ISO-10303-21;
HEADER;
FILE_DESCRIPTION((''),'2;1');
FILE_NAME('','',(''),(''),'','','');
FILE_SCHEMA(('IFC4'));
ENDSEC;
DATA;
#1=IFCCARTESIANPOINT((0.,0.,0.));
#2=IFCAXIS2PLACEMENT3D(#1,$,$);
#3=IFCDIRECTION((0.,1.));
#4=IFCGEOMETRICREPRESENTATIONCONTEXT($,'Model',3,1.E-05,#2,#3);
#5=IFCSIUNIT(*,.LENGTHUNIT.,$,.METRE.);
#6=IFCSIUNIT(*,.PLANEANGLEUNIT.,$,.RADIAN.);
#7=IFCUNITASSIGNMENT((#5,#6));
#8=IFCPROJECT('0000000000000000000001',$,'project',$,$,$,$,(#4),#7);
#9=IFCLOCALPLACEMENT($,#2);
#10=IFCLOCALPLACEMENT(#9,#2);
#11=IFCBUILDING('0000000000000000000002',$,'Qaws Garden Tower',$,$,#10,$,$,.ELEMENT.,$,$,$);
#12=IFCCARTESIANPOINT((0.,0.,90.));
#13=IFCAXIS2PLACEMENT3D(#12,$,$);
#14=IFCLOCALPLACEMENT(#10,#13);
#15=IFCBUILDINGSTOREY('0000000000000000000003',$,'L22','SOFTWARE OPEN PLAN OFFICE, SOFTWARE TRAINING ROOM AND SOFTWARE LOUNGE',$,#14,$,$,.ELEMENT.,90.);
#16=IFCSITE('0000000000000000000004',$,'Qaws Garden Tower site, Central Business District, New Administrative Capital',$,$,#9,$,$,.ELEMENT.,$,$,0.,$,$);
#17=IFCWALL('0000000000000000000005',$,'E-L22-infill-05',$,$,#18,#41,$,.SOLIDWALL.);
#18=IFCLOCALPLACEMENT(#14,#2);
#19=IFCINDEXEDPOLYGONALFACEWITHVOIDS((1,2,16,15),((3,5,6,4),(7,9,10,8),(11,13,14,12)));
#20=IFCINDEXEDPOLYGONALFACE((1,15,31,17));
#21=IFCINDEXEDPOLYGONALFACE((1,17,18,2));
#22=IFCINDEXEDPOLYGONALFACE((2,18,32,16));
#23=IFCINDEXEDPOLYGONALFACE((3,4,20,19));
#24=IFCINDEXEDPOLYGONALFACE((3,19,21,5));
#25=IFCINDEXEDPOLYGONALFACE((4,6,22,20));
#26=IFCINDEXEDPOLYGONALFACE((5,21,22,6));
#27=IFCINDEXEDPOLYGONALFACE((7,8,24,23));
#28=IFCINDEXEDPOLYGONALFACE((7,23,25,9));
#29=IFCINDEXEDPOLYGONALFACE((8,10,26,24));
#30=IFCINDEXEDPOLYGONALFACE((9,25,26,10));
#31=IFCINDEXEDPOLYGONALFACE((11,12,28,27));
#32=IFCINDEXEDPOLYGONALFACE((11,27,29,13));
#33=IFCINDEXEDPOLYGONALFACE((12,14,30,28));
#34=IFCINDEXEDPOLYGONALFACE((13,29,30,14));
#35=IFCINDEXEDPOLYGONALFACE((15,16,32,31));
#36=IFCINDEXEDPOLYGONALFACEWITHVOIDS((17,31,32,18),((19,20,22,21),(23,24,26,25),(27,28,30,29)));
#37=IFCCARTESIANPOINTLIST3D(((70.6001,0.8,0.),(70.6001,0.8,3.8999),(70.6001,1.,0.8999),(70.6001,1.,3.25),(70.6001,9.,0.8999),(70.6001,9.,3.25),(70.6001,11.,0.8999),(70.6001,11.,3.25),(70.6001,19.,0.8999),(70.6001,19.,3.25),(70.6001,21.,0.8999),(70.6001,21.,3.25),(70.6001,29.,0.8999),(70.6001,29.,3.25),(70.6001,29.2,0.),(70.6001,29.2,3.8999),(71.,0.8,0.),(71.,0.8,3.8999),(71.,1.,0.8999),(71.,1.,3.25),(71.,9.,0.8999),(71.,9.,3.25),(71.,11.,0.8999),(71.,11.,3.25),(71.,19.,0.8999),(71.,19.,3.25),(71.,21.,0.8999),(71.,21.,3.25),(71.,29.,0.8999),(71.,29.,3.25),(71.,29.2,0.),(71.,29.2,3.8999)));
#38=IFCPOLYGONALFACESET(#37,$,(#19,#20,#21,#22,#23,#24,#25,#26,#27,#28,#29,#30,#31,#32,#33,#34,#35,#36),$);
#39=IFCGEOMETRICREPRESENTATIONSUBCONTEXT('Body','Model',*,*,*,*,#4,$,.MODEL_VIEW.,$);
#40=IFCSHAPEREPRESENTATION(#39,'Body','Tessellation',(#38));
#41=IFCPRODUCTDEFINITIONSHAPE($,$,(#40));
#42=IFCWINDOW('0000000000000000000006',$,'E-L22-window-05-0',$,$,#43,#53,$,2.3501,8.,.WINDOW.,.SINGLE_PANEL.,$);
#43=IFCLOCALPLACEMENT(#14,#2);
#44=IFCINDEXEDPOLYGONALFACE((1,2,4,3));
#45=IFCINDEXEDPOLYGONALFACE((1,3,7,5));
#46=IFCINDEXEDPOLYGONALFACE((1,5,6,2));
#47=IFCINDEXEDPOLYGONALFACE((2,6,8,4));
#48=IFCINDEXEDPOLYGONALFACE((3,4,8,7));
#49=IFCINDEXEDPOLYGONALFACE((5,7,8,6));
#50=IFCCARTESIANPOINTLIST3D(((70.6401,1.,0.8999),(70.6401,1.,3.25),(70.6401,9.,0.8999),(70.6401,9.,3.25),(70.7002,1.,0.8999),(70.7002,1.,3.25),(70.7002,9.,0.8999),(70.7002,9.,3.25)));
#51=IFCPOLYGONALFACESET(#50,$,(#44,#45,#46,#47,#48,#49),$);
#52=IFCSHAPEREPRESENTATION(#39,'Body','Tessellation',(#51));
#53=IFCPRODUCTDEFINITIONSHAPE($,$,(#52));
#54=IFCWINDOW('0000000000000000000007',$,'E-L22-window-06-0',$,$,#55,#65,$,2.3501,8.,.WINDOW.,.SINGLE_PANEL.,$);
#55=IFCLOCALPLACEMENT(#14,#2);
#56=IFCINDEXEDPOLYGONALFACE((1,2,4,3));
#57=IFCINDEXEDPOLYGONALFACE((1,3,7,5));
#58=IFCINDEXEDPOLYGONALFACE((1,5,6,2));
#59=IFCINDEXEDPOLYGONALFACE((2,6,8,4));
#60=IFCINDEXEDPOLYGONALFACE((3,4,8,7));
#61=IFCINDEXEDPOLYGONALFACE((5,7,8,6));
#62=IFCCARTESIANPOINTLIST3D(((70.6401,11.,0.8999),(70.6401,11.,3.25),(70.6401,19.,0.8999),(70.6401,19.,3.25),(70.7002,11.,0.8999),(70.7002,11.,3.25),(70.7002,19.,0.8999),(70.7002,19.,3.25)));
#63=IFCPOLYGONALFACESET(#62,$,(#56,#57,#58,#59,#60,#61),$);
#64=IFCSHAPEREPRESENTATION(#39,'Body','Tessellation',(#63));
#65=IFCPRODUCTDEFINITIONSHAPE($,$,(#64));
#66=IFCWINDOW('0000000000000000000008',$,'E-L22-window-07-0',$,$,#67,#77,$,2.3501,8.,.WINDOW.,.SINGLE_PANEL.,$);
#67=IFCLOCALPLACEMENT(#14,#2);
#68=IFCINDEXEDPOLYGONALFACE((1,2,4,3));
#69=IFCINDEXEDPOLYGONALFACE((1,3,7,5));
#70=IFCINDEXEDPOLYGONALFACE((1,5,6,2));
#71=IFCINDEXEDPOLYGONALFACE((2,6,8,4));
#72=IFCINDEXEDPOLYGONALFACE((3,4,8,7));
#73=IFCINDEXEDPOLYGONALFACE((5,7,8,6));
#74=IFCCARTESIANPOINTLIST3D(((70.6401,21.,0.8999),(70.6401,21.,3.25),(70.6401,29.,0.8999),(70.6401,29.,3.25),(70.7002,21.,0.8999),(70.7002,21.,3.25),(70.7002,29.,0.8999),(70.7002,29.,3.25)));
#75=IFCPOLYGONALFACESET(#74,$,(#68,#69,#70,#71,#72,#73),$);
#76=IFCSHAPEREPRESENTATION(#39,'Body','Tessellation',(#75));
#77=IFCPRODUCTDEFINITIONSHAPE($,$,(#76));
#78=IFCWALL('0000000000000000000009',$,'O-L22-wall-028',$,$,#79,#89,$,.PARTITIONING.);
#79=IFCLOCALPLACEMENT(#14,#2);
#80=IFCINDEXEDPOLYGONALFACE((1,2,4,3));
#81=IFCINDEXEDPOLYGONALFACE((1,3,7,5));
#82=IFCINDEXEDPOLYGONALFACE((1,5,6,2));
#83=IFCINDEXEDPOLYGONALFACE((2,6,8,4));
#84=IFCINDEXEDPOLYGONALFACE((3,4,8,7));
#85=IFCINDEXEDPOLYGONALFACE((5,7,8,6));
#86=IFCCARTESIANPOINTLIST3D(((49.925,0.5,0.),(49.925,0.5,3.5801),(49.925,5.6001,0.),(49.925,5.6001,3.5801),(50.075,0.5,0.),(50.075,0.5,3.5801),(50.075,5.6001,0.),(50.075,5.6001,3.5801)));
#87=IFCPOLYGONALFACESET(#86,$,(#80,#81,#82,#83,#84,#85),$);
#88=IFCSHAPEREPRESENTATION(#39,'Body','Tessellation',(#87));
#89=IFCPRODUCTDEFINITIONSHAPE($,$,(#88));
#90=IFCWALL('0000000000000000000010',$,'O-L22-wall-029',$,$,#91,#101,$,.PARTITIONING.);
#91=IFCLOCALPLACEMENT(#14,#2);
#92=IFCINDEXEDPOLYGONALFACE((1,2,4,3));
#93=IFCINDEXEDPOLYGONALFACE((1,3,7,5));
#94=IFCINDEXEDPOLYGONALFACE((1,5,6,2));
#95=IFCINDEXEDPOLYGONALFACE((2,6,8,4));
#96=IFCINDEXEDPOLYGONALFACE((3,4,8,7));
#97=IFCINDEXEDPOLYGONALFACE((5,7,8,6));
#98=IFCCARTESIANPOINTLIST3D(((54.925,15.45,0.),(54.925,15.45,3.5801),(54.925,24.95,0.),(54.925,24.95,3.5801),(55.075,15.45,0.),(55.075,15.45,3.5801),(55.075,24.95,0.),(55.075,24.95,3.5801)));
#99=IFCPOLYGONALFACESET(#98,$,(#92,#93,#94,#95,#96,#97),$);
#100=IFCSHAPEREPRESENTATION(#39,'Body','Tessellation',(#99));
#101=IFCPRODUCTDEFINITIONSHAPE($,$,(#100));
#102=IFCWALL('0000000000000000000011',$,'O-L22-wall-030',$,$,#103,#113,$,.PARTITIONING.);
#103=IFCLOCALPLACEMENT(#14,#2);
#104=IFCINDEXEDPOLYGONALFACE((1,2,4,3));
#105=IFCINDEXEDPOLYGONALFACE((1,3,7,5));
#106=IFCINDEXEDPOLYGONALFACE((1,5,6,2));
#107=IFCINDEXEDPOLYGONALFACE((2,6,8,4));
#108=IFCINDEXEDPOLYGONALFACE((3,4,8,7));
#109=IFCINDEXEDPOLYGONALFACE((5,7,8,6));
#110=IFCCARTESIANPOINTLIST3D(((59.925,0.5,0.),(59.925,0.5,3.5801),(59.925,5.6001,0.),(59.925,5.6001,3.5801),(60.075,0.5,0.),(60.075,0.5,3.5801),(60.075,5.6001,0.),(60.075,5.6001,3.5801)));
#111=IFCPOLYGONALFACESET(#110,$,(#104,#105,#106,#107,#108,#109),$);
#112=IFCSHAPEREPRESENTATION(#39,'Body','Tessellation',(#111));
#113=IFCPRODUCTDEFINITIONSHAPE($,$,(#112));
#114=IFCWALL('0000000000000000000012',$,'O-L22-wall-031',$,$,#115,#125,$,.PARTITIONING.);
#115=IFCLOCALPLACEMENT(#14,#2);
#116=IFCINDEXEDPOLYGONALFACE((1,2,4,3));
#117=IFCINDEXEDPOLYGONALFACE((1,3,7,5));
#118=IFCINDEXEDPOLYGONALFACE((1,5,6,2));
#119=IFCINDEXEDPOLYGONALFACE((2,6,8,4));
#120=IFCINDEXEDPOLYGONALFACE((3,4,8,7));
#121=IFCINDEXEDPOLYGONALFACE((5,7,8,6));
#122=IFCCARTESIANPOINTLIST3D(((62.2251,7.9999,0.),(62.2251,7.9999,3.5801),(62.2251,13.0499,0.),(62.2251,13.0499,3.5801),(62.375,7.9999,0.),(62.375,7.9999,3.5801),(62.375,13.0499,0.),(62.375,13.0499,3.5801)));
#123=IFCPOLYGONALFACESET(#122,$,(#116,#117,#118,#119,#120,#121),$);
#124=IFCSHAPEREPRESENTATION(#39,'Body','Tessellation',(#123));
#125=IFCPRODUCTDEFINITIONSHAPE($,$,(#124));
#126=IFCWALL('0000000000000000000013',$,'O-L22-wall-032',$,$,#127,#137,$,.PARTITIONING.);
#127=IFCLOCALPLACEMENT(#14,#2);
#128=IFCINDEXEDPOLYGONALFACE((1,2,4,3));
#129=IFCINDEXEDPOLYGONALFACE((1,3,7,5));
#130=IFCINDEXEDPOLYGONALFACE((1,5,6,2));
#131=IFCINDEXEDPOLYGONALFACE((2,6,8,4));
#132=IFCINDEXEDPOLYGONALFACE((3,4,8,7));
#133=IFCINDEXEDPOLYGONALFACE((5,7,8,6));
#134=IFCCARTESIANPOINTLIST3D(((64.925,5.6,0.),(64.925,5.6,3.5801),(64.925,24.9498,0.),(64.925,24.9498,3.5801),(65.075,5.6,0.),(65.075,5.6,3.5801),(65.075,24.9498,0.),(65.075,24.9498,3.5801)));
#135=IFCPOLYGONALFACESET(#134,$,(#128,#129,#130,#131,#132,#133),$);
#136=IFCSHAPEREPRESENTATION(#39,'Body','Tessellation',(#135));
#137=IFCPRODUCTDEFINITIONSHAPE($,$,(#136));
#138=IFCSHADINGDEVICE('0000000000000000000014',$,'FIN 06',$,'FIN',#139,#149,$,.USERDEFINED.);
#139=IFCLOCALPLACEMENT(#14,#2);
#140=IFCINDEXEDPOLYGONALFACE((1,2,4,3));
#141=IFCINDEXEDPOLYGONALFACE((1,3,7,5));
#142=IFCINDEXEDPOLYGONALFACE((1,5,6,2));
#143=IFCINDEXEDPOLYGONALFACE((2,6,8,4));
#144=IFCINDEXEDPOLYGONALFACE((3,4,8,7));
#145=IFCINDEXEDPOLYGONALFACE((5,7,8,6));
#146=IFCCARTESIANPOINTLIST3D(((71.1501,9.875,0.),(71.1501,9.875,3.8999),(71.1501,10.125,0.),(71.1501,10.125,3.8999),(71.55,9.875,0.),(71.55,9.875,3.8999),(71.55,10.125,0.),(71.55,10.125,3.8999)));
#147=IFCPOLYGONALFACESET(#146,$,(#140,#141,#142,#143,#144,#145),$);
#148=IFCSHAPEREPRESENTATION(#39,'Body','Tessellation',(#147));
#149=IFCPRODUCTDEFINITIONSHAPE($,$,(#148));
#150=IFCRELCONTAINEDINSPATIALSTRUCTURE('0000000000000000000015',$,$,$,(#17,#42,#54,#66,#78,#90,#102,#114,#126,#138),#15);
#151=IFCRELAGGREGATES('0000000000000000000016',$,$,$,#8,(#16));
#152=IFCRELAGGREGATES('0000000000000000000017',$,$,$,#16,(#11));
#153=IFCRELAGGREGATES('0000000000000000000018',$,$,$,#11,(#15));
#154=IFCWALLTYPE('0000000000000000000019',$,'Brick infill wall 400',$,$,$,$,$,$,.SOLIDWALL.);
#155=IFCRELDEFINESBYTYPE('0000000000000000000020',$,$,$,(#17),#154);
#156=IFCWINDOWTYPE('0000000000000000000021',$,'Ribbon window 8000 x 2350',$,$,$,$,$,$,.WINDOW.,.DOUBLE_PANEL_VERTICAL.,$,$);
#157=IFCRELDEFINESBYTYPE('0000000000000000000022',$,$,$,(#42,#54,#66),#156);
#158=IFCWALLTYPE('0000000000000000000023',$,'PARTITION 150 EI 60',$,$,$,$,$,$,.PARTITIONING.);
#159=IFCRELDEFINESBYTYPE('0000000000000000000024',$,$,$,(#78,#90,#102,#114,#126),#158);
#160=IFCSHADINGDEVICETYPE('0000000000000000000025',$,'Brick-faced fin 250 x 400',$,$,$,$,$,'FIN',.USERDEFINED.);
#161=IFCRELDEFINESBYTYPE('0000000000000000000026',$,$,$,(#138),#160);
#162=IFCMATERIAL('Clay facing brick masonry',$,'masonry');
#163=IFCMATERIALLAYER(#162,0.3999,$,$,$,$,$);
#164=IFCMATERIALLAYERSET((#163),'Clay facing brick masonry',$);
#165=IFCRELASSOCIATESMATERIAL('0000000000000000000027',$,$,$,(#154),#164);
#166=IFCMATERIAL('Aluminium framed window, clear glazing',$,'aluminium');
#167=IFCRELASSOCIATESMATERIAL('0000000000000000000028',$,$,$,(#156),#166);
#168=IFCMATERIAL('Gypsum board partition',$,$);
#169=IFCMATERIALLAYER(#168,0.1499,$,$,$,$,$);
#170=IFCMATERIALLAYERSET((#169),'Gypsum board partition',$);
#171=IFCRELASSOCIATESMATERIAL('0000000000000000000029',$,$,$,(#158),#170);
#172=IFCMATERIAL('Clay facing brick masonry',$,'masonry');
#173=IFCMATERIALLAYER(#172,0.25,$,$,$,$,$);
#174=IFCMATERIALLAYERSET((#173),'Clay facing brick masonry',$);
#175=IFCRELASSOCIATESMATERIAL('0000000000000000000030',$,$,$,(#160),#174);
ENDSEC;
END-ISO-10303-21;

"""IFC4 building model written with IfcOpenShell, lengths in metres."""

from ifc_helpers import new_model, si_unit, direction, frame, frame_2d, origin, origin_2d, place, context, subcontext, project, spatial, rectangle, extrude, material, layer, layer_set, type_object, element, fill, save


model = new_model("IFC4")

# Units and contexts
model_context = context("Model", 3, precision=1e-05, world=origin(), true_north=direction((0.0, 1.0)))
body_context = subcontext(model_context, "Body", "Model", "MODEL_VIEW")
ifc_project = project(units=[si_unit("LENGTHUNIT", "METRE"), si_unit("PLANEANGLEUNIT", "RADIAN")], contexts=[model_context])

# Site, building, storey
site_placement = place(None, origin())
site = spatial("IfcSite", under=ifc_project, at=site_placement, Name="Qaws Garden Tower site, Central Business District, New Administrative Capital", CompositionType="ELEMENT", RefElevation=0.0)
building_placement = place(site_placement, origin())
building = spatial("IfcBuilding", under=site, at=building_placement, Name="Qaws Garden Tower", CompositionType="ELEMENT")
storey_placement = place(building_placement, frame((0.0, 0.0, 90.0)))
storey = spatial("IfcBuildingStorey", under=building, at=storey_placement, Name="L22", Description="SOFTWARE OPEN PLAN OFFICE, SOFTWARE TRAINING ROOM AND SOFTWARE LOUNGE", CompositionType="ELEMENT", Elevation=90.0)

# Wall, openings, windows
ifc_material_1 = material(Name="Clay facing brick masonry", Category="masonry")
ifc_layer_1 = layer(ifc_material_1, 0.3999)
ifc_layer_set_1 = layer_set([ifc_layer_1], Name="Clay facing brick masonry")
wall_type_1 = type_object("IfcWallType", Name="Brick infill wall 400", PredefinedType="SOLIDWALL", material=ifc_layer_set_1)
wall_1_placement = place(storey_placement, frame((70.8, 0.8, 0.0), z_axis=(0.0, 0.0, 1.0), x_axis=(0.0, 1.0, 0.0)))
wall_1 = element("IfcWall", 1, at=wall_1_placement, inside=storey, type_object=wall_type_1, Name="E-L22-infill-05", PredefinedType="SOLIDWALL", context=body_context, shape_type="SweptSolid", body=[
    extrude(rectangle(XDim=28.3999, YDim=0.3999, at=frame_2d((14.2, 0.0))), origin(), (0.0, 0.0, 1.0), 3.8999),
])
opening_1_placement = place(wall_1_placement, frame((0.2, 0.0, 0.8999)))
opening_1 = element("IfcOpeningElement", 2, at=opening_1_placement, cuts=wall_1, PredefinedType="OPENING", context=body_context, shape_type="SweptSolid", body=[
    extrude(rectangle(XDim=8.0, YDim=2.3501, at=frame_2d((4.0, 1.175))), frame((0.0, 0.21, 0.0), z_axis=(0.0, -1.0, 0.0), x_axis=(1.0, 0.0, 0.0)), (0.0, 0.0, 1.0), 0.4199),
])
opening_2_placement = place(wall_1_placement, frame((10.2, 0.0, 0.8999)))
opening_2 = element("IfcOpeningElement", 3, at=opening_2_placement, cuts=wall_1, PredefinedType="OPENING", context=body_context, shape_type="SweptSolid", body=[
    extrude(rectangle(XDim=8.0, YDim=2.3501, at=frame_2d((4.0, 1.175))), frame((0.0, 0.21, 0.0), z_axis=(0.0, -1.0, 0.0), x_axis=(1.0, 0.0, 0.0)), (0.0, 0.0, 1.0), 0.4199),
])
opening_3_placement = place(wall_1_placement, frame((20.2, 0.0, 0.8999)))
opening_3 = element("IfcOpeningElement", 4, at=opening_3_placement, cuts=wall_1, PredefinedType="OPENING", context=body_context, shape_type="SweptSolid", body=[
    extrude(rectangle(XDim=8.0, YDim=2.3501, at=frame_2d((4.0, 1.175))), frame((0.0, 0.21, 0.0), z_axis=(0.0, -1.0, 0.0), x_axis=(1.0, 0.0, 0.0)), (0.0, 0.0, 1.0), 0.4199),
])
ifc_material_2 = material(Name="Aluminium framed window, clear glazing", Category="aluminium")
window_type = type_object("IfcWindowType", Name="Ribbon window 8000 x 2350", PartitioningType="DOUBLE_PANEL_VERTICAL", PredefinedType="WINDOW", material=ifc_material_2)
window_1_placement = place(opening_1_placement, origin())
window_1 = element("IfcWindow", 5, at=window_1_placement, inside=storey, type_object=window_type, Name="E-L22-window-05-0", OverallHeight=2.3501, OverallWidth=8.0, PartitioningType="SINGLE_PANEL", PredefinedType="WINDOW", context=body_context, shape_type="SweptSolid", body=[
    extrude(rectangle(XDim=8.0, YDim=2.3501, at=frame_2d((4.0, 1.175))), frame((0.0, 0.1599, 0.0), z_axis=(0.0, -1.0, 0.0), x_axis=(1.0, 0.0, 0.0)), (0.0, 0.0, 1.0), 0.0601),
])
fill(opening_1, window_1)
window_2_placement = place(opening_2_placement, origin())
window_2 = element("IfcWindow", 6, at=window_2_placement, inside=storey, type_object=window_type, Name="E-L22-window-06-0", OverallHeight=2.3501, OverallWidth=8.0, PartitioningType="SINGLE_PANEL", PredefinedType="WINDOW", context=body_context, shape_type="SweptSolid", body=[
    extrude(rectangle(XDim=8.0, YDim=2.3501, at=frame_2d((4.0, 1.175))), frame((0.0, 0.1599, 0.0), z_axis=(0.0, -1.0, 0.0), x_axis=(1.0, 0.0, 0.0)), (0.0, 0.0, 1.0), 0.0601),
])
fill(opening_2, window_2)
window_3_placement = place(opening_3_placement, origin())
window_3 = element("IfcWindow", 7, at=window_3_placement, inside=storey, type_object=window_type, Name="E-L22-window-07-0", OverallHeight=2.3501, OverallWidth=8.0, PartitioningType="SINGLE_PANEL", PredefinedType="WINDOW", context=body_context, shape_type="SweptSolid", body=[
    extrude(rectangle(XDim=8.0, YDim=2.3501, at=frame_2d((4.0, 1.175))), frame((0.0, 0.1599, 0.0), z_axis=(0.0, -1.0, 0.0), x_axis=(1.0, 0.0, 0.0)), (0.0, 0.0, 1.0), 0.0601),
])
fill(opening_3, window_3)

# Walls
ifc_material_3 = material(Name="Gypsum board partition")
ifc_layer_2 = layer(ifc_material_3, 0.1499)
ifc_layer_set_2 = layer_set([ifc_layer_2], Name="Gypsum board partition")
wall_type_2 = type_object("IfcWallType", Name="PARTITION 150 EI 60", PredefinedType="PARTITIONING", material=ifc_layer_set_2)
wall_2_placement = place(storey_placement, frame((50.0, 0.5, 0.0), z_axis=(0.0, 0.0, 1.0), x_axis=(0.0, 1.0, 0.0)))
element("IfcWall", 8, at=wall_2_placement, inside=storey, type_object=wall_type_2, Name="O-L22-wall-028", PredefinedType="PARTITIONING", context=body_context, shape_type="SweptSolid", body=[
    extrude(rectangle(XDim=5.1001, YDim=0.1499, at=frame_2d((2.55, 0.0))), origin(), (0.0, 0.0, 1.0), 3.5801),
])
wall_3_placement = place(storey_placement, frame((55.0, 15.45, 0.0), z_axis=(0.0, 0.0, 1.0), x_axis=(0.0, 1.0, 0.0)))
element("IfcWall", 9, at=wall_3_placement, inside=storey, type_object=wall_type_2, Name="O-L22-wall-029", PredefinedType="PARTITIONING", context=body_context, shape_type="SweptSolid", body=[
    extrude(rectangle(XDim=9.5, YDim=0.1499, at=frame_2d((4.75, 0.0))), origin(), (0.0, 0.0, 1.0), 3.5801),
])
wall_4_placement = place(storey_placement, frame((60.0, 0.5, 0.0), z_axis=(0.0, 0.0, 1.0), x_axis=(0.0, 1.0, 0.0)))
element("IfcWall", 10, at=wall_4_placement, inside=storey, type_object=wall_type_2, Name="O-L22-wall-030", PredefinedType="PARTITIONING", context=body_context, shape_type="SweptSolid", body=[
    extrude(rectangle(XDim=5.1001, YDim=0.1499, at=frame_2d((2.55, 0.0))), origin(), (0.0, 0.0, 1.0), 3.5801),
])
wall_5_placement = place(storey_placement, frame((62.3, 8.0, 0.0), z_axis=(0.0, 0.0, 1.0), x_axis=(0.0, 1.0, 0.0)))
element("IfcWall", 11, at=wall_5_placement, inside=storey, type_object=wall_type_2, Name="O-L22-wall-031", PredefinedType="PARTITIONING", context=body_context, shape_type="SweptSolid", body=[
    extrude(rectangle(XDim=5.05, YDim=0.1499, at=frame_2d((2.5249, 0.0))), origin(), (0.0, 0.0, 1.0), 3.5801),
])
wall_6_placement = place(storey_placement, frame((65.0, 5.6001, 0.0), z_axis=(0.0, 0.0, 1.0), x_axis=(0.0, 1.0, 0.0)))
element("IfcWall", 12, at=wall_6_placement, inside=storey, type_object=wall_type_2, Name="O-L22-wall-032", PredefinedType="PARTITIONING", context=body_context, shape_type="SweptSolid", body=[
    extrude(rectangle(XDim=19.3499, YDim=0.1499, at=frame_2d((9.6748, 0.0))), origin(), (0.0, 0.0, 1.0), 3.5801),
])

# Shading device
ifc_material_4 = material(Name="Clay facing brick masonry", Category="masonry")
ifc_layer_3 = layer(ifc_material_4, 0.25)
ifc_layer_set_3 = layer_set([ifc_layer_3], Name="Clay facing brick masonry")
shading_device_type = type_object("IfcShadingDeviceType", Name="Brick-faced fin 250 x 400", ElementType="FIN", PredefinedType="USERDEFINED", material=ifc_layer_set_3)
shading_device_placement = place(storey_placement, frame((71.3501, 10.0, 0.0), z_axis=(0.0, 0.0, 1.0), x_axis=(0.0, 1.0, 0.0)))
element("IfcShadingDevice", 13, at=shading_device_placement, inside=storey, type_object=shading_device_type, Name="FIN 06", ObjectType="FIN", PredefinedType="USERDEFINED", context=body_context, shape_type="SweptSolid", body=[
    extrude(rectangle(XDim=0.25, YDim=0.3999, at=origin_2d()), origin(), (0.0, 0.0, 1.0), 3.8999),
])

save(model, "model.ifc")
